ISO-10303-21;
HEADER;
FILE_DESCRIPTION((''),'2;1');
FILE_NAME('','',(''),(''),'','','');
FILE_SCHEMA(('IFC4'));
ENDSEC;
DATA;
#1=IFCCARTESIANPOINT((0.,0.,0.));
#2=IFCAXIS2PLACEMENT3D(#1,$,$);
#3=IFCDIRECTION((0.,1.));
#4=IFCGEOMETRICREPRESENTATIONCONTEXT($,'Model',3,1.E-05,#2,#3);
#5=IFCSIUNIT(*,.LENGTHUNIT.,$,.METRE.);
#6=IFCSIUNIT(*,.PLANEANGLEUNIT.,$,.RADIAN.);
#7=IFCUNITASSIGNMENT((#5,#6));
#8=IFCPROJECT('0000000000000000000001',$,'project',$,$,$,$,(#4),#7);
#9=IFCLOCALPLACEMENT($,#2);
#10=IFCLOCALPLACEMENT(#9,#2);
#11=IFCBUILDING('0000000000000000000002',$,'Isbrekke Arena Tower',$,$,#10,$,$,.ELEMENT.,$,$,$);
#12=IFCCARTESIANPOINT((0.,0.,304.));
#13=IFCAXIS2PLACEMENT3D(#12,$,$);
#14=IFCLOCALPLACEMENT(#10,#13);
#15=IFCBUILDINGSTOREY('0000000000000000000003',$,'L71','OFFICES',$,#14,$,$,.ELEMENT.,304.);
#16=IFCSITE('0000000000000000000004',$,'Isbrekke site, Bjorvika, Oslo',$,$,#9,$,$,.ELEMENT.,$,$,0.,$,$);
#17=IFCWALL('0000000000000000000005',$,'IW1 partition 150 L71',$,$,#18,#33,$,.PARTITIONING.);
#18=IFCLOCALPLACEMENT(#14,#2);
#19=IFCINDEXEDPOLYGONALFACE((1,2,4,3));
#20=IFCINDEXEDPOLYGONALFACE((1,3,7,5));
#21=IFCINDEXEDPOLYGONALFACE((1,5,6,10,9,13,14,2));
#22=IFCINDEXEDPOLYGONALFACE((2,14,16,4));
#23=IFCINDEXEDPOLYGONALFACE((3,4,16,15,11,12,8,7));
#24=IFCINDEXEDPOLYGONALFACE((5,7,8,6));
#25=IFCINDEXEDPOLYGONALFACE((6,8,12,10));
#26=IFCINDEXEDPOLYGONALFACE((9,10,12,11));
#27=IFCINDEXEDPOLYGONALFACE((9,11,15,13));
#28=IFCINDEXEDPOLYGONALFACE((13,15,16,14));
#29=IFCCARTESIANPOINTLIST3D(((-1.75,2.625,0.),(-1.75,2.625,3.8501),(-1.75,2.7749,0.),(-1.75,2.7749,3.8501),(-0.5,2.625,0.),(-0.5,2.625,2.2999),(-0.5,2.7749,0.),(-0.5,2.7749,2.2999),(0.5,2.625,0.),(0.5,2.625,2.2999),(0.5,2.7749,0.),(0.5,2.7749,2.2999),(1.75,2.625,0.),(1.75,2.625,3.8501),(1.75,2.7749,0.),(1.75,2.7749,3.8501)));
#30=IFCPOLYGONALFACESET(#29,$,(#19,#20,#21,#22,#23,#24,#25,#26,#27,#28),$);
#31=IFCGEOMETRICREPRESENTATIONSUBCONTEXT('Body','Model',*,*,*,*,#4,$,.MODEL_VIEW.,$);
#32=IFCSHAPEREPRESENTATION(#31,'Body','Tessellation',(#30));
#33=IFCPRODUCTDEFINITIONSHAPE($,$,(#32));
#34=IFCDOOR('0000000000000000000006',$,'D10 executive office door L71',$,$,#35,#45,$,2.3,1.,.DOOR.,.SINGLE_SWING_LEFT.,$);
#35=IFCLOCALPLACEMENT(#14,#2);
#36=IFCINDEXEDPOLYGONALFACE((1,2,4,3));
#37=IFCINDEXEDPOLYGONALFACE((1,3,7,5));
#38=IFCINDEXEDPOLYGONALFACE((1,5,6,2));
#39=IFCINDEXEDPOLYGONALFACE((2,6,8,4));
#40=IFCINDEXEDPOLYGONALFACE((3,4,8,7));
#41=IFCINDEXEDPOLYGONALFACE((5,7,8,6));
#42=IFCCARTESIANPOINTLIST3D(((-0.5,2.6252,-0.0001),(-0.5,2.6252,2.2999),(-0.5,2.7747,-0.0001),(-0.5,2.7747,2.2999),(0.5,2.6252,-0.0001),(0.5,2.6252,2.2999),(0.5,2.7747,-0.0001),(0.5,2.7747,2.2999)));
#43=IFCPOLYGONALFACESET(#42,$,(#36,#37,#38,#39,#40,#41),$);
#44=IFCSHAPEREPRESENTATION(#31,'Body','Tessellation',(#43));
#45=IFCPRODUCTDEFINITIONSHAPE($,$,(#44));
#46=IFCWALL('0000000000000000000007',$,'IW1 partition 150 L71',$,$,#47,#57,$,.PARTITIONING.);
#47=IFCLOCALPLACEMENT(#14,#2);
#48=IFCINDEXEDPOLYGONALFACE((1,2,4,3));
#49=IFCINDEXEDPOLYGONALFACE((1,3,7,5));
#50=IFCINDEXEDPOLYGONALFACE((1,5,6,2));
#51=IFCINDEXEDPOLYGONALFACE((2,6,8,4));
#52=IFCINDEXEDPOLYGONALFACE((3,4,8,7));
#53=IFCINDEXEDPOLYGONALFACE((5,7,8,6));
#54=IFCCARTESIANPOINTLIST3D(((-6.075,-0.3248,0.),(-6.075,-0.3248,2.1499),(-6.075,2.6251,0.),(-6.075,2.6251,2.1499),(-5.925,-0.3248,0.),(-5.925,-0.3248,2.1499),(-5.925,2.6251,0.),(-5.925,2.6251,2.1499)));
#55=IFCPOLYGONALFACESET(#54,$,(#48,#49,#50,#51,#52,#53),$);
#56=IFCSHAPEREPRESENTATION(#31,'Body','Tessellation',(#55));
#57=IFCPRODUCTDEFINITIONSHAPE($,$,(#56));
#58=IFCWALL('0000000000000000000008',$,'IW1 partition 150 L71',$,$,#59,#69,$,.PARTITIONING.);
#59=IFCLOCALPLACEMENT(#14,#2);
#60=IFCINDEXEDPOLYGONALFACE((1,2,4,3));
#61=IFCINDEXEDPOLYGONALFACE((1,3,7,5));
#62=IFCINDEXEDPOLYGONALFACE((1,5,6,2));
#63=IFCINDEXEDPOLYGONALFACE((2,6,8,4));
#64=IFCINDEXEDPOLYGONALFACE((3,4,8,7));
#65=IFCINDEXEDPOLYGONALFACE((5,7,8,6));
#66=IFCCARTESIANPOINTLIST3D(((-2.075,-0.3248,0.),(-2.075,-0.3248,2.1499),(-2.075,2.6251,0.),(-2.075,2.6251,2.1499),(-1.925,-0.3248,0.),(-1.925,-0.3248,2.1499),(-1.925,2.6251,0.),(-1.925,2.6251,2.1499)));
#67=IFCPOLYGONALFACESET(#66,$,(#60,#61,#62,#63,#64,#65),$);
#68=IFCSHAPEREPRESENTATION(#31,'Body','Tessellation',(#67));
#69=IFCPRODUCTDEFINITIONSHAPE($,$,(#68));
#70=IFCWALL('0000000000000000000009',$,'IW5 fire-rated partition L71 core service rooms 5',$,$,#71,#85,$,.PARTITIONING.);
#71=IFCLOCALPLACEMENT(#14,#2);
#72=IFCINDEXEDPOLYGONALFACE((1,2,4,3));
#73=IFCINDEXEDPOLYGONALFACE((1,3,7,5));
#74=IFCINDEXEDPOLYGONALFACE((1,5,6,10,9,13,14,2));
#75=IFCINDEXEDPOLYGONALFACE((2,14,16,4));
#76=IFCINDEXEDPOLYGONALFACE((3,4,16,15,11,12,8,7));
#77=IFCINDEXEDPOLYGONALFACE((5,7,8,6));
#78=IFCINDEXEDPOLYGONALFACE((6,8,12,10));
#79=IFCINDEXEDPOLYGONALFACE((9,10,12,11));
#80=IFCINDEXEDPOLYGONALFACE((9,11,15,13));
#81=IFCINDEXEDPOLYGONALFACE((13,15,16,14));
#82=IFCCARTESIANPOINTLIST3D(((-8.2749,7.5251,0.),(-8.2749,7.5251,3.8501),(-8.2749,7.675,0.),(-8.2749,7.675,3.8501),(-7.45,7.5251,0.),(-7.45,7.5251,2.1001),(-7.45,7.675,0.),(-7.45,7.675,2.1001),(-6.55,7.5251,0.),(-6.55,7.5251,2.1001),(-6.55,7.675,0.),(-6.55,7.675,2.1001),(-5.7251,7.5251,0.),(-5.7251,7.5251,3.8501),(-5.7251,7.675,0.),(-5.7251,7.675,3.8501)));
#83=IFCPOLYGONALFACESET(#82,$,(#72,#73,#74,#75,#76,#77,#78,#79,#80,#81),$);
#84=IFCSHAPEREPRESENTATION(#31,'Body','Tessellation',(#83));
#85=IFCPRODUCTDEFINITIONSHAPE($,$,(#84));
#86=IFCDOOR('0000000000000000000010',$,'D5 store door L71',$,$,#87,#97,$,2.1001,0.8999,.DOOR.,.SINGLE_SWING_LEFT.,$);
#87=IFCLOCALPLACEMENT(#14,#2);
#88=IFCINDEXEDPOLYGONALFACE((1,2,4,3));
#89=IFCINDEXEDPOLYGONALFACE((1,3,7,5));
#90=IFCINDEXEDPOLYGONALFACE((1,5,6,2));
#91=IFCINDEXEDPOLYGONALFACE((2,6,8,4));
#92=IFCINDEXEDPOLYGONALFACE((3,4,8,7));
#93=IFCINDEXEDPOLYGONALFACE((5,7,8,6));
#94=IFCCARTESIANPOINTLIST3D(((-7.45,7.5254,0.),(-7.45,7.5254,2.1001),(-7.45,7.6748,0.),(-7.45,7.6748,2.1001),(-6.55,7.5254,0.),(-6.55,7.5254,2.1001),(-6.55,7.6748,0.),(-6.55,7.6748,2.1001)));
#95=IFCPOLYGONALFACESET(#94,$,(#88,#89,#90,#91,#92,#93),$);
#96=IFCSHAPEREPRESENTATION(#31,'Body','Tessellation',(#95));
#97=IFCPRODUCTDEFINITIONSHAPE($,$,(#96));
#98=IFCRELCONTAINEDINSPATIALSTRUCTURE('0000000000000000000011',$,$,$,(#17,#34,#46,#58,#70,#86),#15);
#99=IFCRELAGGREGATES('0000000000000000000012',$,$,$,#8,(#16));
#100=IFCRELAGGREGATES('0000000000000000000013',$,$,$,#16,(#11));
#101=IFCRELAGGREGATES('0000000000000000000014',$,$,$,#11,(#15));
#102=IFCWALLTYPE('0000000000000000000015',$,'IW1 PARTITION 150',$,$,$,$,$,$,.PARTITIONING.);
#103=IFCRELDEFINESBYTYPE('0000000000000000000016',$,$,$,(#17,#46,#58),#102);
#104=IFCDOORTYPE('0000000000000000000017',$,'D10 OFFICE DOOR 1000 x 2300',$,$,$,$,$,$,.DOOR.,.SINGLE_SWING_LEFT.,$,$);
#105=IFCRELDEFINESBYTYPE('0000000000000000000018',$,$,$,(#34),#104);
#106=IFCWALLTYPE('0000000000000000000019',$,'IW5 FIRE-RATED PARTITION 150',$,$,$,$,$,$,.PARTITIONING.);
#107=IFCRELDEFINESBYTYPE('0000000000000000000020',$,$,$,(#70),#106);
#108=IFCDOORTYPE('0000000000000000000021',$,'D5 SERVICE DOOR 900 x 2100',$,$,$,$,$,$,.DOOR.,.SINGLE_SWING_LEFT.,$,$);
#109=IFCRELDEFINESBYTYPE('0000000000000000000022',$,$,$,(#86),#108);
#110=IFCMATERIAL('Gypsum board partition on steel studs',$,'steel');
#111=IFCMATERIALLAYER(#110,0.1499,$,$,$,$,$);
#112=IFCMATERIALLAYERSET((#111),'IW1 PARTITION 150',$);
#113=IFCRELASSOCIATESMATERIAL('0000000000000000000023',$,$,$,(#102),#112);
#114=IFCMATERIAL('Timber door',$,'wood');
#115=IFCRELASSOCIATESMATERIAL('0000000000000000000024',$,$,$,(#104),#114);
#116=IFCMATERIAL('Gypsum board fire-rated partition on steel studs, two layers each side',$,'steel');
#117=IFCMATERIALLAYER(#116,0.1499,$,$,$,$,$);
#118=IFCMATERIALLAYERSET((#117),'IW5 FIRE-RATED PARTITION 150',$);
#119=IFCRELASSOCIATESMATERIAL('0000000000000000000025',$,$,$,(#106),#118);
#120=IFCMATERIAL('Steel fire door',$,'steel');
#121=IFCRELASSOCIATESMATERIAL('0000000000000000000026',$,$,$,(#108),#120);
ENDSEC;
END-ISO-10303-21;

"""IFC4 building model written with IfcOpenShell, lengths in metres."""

from ifc_helpers import new_model, si_unit, direction, frame, frame_2d, origin, place, context, subcontext, project, spatial, rectangle, extrude, material, layer, layer_set, type_object, element, fill, save


model = new_model("IFC4")

# Units and contexts
model_context = context("Model", 3, precision=1e-05, world=origin(), true_north=direction((0.0, 1.0)))
body_context = subcontext(model_context, "Body", "Model", "MODEL_VIEW")
ifc_project = project(units=[si_unit("LENGTHUNIT", "METRE"), si_unit("PLANEANGLEUNIT", "RADIAN")], contexts=[model_context])

# Site, building, storey
site_placement = place(None, origin())
site = spatial("IfcSite", under=ifc_project, at=site_placement, Name="Isbrekke site, Bjorvika, Oslo", CompositionType="ELEMENT", RefElevation=0.0)
building_placement = place(site_placement, origin())
building = spatial("IfcBuilding", under=site, at=building_placement, Name="Isbrekke Arena Tower", CompositionType="ELEMENT")
storey_placement = place(building_placement, frame((0.0, 0.0, 304.0)))
storey = spatial("IfcBuildingStorey", under=building, at=storey_placement, Name="L71", Description="OFFICES", CompositionType="ELEMENT", Elevation=304.0)

# Shared definitions
ifc_material_1 = material(Name="Gypsum board partition on steel studs", Category="steel")
ifc_layer_1 = layer(ifc_material_1, 0.1499)
ifc_layer_set_1 = layer_set([ifc_layer_1], Name="IW1 PARTITION 150")
wall_type_1 = type_object("IfcWallType", Name="IW1 PARTITION 150", PredefinedType="PARTITIONING", material=ifc_layer_set_1)
ifc_material_2 = material(Name="Timber door", Category="wood")
door_type_1 = type_object("IfcDoorType", Name="D10 OFFICE DOOR 1000 x 2300", OperationType="SINGLE_SWING_LEFT", PredefinedType="DOOR", material=ifc_material_2)

# Wall, opening, door
wall_1_placement = place(storey_placement, frame((-1.75, 2.7, 0.0), z_axis=(0.0, 0.0, 1.0), x_axis=(1.0, 0.0, 0.0)))
wall_1 = element("IfcWall", 1, at=wall_1_placement, inside=storey, type_object=wall_type_1, Name="IW1 partition 150 L71", PredefinedType="PARTITIONING", context=body_context, shape_type="SweptSolid", body=[
    extrude(rectangle(XDim=3.5, YDim=0.1499, at=frame_2d((1.75, 0.0))), origin(), (0.0, 0.0, 1.0), 3.8501),
])
opening_1_placement = place(wall_1_placement, frame((1.25, 0.0, 0.0)))
opening_1 = element("IfcOpeningElement", 2, at=opening_1_placement, cuts=wall_1, PredefinedType="OPENING", context=body_context, shape_type="SweptSolid", body=[
    extrude(rectangle(XDim=1.0, YDim=2.3, at=frame_2d((0.5, 1.1499))), frame((0.0, 0.0898, 0.0), z_axis=(0.0, -1.0, 0.0), x_axis=(1.0, 0.0, 0.0)), (0.0, 0.0, 1.0), 0.1797),
])
door_1_placement = place(opening_1_placement, origin())
door_1 = element("IfcDoor", 3, at=door_1_placement, inside=storey, type_object=door_type_1, Name="D10 executive office door L71", OperationType="SINGLE_SWING_LEFT", OverallHeight=2.3, OverallWidth=1.0, PredefinedType="DOOR", context=body_context, shape_type="SweptSolid", body=[
    extrude(rectangle(XDim=1.0, YDim=2.3, at=frame_2d((0.5, 1.1499))), frame((0.0, 0.0747, 0.0), z_axis=(0.0, -1.0, 0.0), x_axis=(1.0, 0.0, 0.0)), (0.0, 0.0, 1.0), 0.1494),
])
fill(opening_1, door_1)

# Walls
for number, where, z_axis, x_axis, name in (
    (4, (-6.0, -0.325, 0.0), (0.0, 0.0, 1.0), (0.0, 1.0, 0.0), "IW1 partition 150 L71"),
    (5, (-2.0, -0.325, 0.0), (0.0, 0.0, 1.0), (0.0, 1.0, 0.0), "IW1 partition 150 L71"),
):
    element("IfcWall", number, at=place(storey_placement, frame(where, z_axis=z_axis, x_axis=x_axis)), inside=storey, type_object=wall_type_1, Name=name, PredefinedType="PARTITIONING", context=body_context, shape_type="SweptSolid", body=[
        extrude(rectangle(XDim=2.95, YDim=0.1499, at=frame_2d((1.4751, 0.0))), origin(), (0.0, 0.0, 1.0), 2.1499),
    ])

# Wall, opening, door
ifc_material_3 = material(Name="Gypsum board fire-rated partition on steel studs, two layers each side", Category="steel")
ifc_layer_2 = layer(ifc_material_3, 0.1499)
ifc_layer_set_2 = layer_set([ifc_layer_2], Name="IW5 FIRE-RATED PARTITION 150")
wall_type_2 = type_object("IfcWallType", Name="IW5 FIRE-RATED PARTITION 150", PredefinedType="PARTITIONING", material=ifc_layer_set_2)
wall_2_placement = place(storey_placement, frame((-8.2749, 7.6001, 0.0), z_axis=(0.0, 0.0, 1.0), x_axis=(1.0, 0.0, 0.0)))
wall_2 = element("IfcWall", 6, at=wall_2_placement, inside=storey, type_object=wall_type_2, Name="IW5 fire-rated partition L71 core service rooms 5", PredefinedType="PARTITIONING", context=body_context, shape_type="SweptSolid", body=[
    extrude(rectangle(XDim=2.5498, YDim=0.1499, at=frame_2d((1.2749, 0.0))), origin(), (0.0, 0.0, 1.0), 3.8501),
])
opening_2_placement = place(wall_2_placement, frame((0.825, 0.0, 0.0)))
opening_2 = element("IfcOpeningElement", 7, at=opening_2_placement, cuts=wall_2, PredefinedType="OPENING", context=body_context, shape_type="SweptSolid", body=[
    extrude(rectangle(XDim=0.8999, YDim=2.1001, at=frame_2d((0.45, 1.05))), frame((0.0, 0.0898, 0.0), z_axis=(0.0, -1.0, 0.0), x_axis=(1.0, 0.0, 0.0)), (0.0, 0.0, 1.0), 0.1797),
])
ifc_material_4 = material(Name="Steel fire door", Category="steel")
door_type_2 = type_object("IfcDoorType", Name="D5 SERVICE DOOR 900 x 2100", OperationType="SINGLE_SWING_LEFT", PredefinedType="DOOR", material=ifc_material_4)
door_2_placement = place(opening_2_placement, origin())
door_2 = element("IfcDoor", 8, at=door_2_placement, inside=storey, type_object=door_type_2, Name="D5 store door L71", OperationType="SINGLE_SWING_LEFT", OverallHeight=2.1001, OverallWidth=0.8999, PredefinedType="DOOR", context=body_context, shape_type="SweptSolid", body=[
    extrude(rectangle(XDim=0.8999, YDim=2.1001, at=frame_2d((0.45, 1.05))), frame((0.0, 0.0747, 0.0), z_axis=(0.0, -1.0, 0.0), x_axis=(1.0, 0.0, 0.0)), (0.0, 0.0, 1.0), 0.1494),
])
fill(opening_2, door_2)

save(model, "model.ifc")
